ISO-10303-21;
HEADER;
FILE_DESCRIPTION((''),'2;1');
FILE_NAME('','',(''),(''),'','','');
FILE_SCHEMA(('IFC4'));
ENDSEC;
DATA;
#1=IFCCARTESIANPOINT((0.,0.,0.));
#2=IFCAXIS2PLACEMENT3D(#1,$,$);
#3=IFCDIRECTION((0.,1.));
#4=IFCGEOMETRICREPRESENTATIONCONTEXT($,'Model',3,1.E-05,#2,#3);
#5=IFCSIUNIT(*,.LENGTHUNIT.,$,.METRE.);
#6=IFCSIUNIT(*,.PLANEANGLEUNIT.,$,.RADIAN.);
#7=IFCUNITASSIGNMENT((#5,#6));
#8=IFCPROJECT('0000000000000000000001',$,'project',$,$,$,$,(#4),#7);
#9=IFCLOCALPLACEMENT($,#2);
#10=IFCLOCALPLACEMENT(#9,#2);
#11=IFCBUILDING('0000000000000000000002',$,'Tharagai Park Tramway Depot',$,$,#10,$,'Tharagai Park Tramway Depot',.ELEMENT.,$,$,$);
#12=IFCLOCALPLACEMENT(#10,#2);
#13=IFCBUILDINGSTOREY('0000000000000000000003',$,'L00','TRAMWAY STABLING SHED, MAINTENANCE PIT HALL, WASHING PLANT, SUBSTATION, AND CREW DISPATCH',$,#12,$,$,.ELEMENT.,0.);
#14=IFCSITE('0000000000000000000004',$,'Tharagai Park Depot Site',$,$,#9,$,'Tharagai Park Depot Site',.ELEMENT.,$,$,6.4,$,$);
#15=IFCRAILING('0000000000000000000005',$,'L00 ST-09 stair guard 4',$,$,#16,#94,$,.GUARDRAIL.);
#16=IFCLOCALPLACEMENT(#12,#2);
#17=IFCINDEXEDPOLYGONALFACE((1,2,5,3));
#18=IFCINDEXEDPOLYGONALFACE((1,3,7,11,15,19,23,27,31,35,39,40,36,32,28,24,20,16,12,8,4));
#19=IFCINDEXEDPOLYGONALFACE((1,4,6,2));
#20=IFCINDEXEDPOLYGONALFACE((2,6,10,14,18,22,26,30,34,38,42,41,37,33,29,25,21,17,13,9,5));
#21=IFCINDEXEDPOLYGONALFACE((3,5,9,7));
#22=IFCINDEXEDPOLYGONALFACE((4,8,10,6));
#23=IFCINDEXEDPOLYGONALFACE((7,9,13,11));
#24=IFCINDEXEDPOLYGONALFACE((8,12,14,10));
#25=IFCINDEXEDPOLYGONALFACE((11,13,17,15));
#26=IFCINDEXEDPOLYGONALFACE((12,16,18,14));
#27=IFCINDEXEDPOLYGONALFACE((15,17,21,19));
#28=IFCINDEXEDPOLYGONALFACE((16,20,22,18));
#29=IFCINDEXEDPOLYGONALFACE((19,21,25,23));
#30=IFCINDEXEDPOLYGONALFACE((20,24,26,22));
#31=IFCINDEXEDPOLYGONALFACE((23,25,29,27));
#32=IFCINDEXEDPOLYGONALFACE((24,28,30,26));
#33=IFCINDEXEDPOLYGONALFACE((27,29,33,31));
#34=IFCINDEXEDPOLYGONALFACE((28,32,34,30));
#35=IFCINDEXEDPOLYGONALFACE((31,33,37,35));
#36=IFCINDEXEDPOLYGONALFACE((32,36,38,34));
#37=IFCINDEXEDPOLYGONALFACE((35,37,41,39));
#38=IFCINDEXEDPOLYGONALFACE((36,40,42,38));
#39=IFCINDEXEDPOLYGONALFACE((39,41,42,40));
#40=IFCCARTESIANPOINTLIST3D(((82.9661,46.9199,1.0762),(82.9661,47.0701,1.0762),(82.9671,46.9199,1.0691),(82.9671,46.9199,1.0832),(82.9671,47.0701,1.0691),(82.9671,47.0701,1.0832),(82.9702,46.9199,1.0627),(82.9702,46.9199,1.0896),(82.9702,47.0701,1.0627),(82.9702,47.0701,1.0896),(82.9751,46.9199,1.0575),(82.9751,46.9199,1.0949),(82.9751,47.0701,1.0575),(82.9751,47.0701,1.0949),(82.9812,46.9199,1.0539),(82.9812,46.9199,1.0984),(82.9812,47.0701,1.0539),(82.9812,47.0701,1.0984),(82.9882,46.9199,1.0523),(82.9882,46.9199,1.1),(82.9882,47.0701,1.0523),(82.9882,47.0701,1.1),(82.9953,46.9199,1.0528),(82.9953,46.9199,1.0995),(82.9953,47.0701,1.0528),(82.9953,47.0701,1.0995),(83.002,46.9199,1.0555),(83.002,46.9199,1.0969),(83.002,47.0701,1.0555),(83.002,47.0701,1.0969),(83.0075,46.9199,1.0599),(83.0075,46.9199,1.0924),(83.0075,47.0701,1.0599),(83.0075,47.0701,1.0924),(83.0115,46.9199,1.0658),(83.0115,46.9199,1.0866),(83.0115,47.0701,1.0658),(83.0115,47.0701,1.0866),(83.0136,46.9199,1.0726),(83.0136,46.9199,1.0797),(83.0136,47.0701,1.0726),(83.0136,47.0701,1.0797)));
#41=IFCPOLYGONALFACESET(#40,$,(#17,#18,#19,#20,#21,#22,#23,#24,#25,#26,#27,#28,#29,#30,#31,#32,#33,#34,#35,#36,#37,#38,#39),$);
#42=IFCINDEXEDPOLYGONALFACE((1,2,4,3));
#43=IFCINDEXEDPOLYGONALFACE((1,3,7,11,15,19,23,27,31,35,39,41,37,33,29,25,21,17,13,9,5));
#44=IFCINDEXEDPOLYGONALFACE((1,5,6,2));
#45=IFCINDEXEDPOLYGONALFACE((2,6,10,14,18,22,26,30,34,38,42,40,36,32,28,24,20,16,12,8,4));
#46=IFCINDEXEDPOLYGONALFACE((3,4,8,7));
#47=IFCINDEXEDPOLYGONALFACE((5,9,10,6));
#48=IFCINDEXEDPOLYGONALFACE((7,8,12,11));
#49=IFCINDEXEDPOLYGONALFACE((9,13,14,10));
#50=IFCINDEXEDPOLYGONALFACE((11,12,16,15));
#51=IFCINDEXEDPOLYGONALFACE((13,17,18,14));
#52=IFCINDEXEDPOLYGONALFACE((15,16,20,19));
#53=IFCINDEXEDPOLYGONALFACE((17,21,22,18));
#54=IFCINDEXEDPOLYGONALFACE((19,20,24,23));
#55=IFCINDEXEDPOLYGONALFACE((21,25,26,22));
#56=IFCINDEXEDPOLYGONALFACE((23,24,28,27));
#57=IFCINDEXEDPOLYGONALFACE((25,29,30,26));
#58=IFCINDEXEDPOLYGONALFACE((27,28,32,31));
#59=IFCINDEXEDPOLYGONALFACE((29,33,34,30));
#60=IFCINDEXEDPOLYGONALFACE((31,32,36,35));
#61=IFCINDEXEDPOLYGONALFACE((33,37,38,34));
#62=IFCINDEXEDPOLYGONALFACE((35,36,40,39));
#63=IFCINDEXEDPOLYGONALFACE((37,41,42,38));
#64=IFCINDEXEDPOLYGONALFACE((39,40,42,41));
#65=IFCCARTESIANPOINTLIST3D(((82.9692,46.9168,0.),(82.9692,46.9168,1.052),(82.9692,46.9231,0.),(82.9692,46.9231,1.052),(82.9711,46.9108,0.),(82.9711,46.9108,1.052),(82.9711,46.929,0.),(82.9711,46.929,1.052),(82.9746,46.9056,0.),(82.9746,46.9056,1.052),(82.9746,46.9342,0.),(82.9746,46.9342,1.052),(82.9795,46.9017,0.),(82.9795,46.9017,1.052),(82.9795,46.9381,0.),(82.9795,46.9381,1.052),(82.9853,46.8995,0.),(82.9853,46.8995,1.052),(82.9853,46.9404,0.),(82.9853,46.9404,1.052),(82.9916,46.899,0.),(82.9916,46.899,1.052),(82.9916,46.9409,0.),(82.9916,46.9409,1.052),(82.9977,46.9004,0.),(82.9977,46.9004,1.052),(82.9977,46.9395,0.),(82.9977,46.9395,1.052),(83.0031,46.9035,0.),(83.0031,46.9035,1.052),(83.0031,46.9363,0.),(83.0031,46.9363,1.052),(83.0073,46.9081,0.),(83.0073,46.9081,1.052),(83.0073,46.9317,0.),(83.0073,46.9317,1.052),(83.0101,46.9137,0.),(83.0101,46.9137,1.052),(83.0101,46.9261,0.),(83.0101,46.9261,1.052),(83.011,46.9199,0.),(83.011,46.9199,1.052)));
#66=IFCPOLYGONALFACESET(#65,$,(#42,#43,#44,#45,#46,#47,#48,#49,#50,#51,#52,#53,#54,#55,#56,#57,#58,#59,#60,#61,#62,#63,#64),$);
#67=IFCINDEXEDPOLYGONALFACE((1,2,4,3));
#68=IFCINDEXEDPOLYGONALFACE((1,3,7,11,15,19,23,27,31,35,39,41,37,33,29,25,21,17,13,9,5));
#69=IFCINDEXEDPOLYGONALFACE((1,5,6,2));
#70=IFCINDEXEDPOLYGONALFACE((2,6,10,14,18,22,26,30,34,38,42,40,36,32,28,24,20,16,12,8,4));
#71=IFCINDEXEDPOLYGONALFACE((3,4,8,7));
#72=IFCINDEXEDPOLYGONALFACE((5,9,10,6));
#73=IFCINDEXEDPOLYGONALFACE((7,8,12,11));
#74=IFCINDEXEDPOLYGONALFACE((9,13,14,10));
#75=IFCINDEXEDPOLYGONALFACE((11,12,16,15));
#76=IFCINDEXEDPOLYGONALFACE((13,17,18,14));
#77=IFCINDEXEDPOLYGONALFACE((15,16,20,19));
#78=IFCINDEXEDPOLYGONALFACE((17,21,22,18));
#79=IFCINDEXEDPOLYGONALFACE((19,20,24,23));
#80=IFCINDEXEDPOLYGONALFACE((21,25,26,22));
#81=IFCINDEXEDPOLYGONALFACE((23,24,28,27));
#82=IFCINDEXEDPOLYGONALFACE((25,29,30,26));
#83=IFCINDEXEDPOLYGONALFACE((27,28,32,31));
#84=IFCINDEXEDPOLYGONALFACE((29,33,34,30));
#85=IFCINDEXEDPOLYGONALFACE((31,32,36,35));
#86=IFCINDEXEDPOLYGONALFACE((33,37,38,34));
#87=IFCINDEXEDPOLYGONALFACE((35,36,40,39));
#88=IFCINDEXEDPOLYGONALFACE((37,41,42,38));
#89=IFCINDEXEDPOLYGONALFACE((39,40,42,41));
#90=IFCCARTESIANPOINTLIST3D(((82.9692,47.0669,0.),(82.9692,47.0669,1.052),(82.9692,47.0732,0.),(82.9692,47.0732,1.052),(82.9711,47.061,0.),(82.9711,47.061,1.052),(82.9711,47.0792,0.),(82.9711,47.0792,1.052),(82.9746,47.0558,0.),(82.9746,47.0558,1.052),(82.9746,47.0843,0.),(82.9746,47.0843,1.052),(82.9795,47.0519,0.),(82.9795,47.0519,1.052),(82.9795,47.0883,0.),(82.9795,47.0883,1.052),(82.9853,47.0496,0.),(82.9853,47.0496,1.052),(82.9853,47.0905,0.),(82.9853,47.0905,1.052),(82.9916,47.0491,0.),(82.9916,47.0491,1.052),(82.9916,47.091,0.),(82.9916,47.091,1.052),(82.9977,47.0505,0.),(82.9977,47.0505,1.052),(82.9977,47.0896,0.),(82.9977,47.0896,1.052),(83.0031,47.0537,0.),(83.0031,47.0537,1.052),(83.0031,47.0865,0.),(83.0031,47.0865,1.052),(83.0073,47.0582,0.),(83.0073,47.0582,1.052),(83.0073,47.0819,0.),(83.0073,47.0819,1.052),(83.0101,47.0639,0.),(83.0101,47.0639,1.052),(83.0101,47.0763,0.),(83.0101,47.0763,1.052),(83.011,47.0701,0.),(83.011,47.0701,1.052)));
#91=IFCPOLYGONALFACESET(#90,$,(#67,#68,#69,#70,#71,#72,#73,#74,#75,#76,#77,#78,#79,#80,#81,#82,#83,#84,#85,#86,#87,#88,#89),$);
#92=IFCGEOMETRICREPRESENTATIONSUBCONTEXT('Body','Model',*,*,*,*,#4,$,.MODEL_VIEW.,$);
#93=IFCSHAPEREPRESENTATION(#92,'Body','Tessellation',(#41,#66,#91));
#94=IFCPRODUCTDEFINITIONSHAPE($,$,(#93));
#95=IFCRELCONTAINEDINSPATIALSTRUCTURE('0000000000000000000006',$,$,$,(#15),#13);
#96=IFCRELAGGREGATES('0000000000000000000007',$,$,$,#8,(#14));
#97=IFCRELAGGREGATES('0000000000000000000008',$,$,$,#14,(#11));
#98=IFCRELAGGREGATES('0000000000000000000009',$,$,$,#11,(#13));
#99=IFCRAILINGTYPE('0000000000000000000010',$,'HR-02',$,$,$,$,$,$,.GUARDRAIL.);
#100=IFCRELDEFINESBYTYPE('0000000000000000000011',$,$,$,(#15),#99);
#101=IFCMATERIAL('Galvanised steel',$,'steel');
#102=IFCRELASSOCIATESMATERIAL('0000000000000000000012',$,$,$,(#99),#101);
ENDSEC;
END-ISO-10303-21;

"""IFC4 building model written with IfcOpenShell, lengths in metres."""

from ifc_helpers import new_model, si_unit, direction, frame, origin, origin_2d, place, context, subcontext, project, spatial, circle, extrude, material, type_object, element, save


model = new_model("IFC4")

# Units and contexts
model_context = context("Model", 3, precision=1e-05, world=origin(), true_north=direction((0.0, 1.0)))
body_context = subcontext(model_context, "Body", "Model", "MODEL_VIEW")
ifc_project = project(units=[si_unit("LENGTHUNIT", "METRE"), si_unit("PLANEANGLEUNIT", "RADIAN")], contexts=[model_context])

# Site, building, storey
site_placement = place(None, origin())
site = spatial("IfcSite", under=ifc_project, at=site_placement, Name="Tharagai Park Depot Site", LongName="Tharagai Park Depot Site", CompositionType="ELEMENT", RefElevation=6.4)
building_placement = place(site_placement, origin())
building = spatial("IfcBuilding", under=site, at=building_placement, Name="Tharagai Park Tramway Depot", LongName="Tharagai Park Tramway Depot", CompositionType="ELEMENT")
storey_placement = place(building_placement, origin())
storey = spatial("IfcBuildingStorey", under=building, at=storey_placement, Name="L00", Description="TRAMWAY STABLING SHED, MAINTENANCE PIT HALL, WASHING PLANT, SUBSTATION, AND CREW DISPATCH", CompositionType="ELEMENT", Elevation=0.0)

# Shared definitions
ifc_material_1 = material(Name="Galvanised steel", Category="steel")

# Railing
railing_type_1 = type_object("IfcRailingType", Name="HR-02", PredefinedType="GUARDRAIL", material=ifc_material_1)
railing_1_placement = place(storey_placement, frame((82.99, 46.9199, 0.0)))
element("IfcRailing", 1, at=railing_1_placement, inside=storey, type_object=railing_type_1, Name="L00 ST-09 stair guard 4", PredefinedType="GUARDRAIL", context=body_context, shape_type="SweptSolid", body=[
    extrude(circle(Radius=0.0239, at=origin_2d()), frame((0.0, 0.0, 1.0762), z_axis=(0.0, 1.0, 0.0), x_axis=(-1.0, 0.0, 0.0)), (0.0, 0.0, 1.0), 0.1501),
    extrude(circle(Radius=0.021, at=origin_2d()), origin(), (0.0, 0.0, 1.0), 1.052),
    extrude(circle(Radius=0.021, at=origin_2d()), frame((0.0, 0.1501, 0.0)), (0.0, 0.0, 1.0), 1.052),
])

save(model, "model.ifc")
